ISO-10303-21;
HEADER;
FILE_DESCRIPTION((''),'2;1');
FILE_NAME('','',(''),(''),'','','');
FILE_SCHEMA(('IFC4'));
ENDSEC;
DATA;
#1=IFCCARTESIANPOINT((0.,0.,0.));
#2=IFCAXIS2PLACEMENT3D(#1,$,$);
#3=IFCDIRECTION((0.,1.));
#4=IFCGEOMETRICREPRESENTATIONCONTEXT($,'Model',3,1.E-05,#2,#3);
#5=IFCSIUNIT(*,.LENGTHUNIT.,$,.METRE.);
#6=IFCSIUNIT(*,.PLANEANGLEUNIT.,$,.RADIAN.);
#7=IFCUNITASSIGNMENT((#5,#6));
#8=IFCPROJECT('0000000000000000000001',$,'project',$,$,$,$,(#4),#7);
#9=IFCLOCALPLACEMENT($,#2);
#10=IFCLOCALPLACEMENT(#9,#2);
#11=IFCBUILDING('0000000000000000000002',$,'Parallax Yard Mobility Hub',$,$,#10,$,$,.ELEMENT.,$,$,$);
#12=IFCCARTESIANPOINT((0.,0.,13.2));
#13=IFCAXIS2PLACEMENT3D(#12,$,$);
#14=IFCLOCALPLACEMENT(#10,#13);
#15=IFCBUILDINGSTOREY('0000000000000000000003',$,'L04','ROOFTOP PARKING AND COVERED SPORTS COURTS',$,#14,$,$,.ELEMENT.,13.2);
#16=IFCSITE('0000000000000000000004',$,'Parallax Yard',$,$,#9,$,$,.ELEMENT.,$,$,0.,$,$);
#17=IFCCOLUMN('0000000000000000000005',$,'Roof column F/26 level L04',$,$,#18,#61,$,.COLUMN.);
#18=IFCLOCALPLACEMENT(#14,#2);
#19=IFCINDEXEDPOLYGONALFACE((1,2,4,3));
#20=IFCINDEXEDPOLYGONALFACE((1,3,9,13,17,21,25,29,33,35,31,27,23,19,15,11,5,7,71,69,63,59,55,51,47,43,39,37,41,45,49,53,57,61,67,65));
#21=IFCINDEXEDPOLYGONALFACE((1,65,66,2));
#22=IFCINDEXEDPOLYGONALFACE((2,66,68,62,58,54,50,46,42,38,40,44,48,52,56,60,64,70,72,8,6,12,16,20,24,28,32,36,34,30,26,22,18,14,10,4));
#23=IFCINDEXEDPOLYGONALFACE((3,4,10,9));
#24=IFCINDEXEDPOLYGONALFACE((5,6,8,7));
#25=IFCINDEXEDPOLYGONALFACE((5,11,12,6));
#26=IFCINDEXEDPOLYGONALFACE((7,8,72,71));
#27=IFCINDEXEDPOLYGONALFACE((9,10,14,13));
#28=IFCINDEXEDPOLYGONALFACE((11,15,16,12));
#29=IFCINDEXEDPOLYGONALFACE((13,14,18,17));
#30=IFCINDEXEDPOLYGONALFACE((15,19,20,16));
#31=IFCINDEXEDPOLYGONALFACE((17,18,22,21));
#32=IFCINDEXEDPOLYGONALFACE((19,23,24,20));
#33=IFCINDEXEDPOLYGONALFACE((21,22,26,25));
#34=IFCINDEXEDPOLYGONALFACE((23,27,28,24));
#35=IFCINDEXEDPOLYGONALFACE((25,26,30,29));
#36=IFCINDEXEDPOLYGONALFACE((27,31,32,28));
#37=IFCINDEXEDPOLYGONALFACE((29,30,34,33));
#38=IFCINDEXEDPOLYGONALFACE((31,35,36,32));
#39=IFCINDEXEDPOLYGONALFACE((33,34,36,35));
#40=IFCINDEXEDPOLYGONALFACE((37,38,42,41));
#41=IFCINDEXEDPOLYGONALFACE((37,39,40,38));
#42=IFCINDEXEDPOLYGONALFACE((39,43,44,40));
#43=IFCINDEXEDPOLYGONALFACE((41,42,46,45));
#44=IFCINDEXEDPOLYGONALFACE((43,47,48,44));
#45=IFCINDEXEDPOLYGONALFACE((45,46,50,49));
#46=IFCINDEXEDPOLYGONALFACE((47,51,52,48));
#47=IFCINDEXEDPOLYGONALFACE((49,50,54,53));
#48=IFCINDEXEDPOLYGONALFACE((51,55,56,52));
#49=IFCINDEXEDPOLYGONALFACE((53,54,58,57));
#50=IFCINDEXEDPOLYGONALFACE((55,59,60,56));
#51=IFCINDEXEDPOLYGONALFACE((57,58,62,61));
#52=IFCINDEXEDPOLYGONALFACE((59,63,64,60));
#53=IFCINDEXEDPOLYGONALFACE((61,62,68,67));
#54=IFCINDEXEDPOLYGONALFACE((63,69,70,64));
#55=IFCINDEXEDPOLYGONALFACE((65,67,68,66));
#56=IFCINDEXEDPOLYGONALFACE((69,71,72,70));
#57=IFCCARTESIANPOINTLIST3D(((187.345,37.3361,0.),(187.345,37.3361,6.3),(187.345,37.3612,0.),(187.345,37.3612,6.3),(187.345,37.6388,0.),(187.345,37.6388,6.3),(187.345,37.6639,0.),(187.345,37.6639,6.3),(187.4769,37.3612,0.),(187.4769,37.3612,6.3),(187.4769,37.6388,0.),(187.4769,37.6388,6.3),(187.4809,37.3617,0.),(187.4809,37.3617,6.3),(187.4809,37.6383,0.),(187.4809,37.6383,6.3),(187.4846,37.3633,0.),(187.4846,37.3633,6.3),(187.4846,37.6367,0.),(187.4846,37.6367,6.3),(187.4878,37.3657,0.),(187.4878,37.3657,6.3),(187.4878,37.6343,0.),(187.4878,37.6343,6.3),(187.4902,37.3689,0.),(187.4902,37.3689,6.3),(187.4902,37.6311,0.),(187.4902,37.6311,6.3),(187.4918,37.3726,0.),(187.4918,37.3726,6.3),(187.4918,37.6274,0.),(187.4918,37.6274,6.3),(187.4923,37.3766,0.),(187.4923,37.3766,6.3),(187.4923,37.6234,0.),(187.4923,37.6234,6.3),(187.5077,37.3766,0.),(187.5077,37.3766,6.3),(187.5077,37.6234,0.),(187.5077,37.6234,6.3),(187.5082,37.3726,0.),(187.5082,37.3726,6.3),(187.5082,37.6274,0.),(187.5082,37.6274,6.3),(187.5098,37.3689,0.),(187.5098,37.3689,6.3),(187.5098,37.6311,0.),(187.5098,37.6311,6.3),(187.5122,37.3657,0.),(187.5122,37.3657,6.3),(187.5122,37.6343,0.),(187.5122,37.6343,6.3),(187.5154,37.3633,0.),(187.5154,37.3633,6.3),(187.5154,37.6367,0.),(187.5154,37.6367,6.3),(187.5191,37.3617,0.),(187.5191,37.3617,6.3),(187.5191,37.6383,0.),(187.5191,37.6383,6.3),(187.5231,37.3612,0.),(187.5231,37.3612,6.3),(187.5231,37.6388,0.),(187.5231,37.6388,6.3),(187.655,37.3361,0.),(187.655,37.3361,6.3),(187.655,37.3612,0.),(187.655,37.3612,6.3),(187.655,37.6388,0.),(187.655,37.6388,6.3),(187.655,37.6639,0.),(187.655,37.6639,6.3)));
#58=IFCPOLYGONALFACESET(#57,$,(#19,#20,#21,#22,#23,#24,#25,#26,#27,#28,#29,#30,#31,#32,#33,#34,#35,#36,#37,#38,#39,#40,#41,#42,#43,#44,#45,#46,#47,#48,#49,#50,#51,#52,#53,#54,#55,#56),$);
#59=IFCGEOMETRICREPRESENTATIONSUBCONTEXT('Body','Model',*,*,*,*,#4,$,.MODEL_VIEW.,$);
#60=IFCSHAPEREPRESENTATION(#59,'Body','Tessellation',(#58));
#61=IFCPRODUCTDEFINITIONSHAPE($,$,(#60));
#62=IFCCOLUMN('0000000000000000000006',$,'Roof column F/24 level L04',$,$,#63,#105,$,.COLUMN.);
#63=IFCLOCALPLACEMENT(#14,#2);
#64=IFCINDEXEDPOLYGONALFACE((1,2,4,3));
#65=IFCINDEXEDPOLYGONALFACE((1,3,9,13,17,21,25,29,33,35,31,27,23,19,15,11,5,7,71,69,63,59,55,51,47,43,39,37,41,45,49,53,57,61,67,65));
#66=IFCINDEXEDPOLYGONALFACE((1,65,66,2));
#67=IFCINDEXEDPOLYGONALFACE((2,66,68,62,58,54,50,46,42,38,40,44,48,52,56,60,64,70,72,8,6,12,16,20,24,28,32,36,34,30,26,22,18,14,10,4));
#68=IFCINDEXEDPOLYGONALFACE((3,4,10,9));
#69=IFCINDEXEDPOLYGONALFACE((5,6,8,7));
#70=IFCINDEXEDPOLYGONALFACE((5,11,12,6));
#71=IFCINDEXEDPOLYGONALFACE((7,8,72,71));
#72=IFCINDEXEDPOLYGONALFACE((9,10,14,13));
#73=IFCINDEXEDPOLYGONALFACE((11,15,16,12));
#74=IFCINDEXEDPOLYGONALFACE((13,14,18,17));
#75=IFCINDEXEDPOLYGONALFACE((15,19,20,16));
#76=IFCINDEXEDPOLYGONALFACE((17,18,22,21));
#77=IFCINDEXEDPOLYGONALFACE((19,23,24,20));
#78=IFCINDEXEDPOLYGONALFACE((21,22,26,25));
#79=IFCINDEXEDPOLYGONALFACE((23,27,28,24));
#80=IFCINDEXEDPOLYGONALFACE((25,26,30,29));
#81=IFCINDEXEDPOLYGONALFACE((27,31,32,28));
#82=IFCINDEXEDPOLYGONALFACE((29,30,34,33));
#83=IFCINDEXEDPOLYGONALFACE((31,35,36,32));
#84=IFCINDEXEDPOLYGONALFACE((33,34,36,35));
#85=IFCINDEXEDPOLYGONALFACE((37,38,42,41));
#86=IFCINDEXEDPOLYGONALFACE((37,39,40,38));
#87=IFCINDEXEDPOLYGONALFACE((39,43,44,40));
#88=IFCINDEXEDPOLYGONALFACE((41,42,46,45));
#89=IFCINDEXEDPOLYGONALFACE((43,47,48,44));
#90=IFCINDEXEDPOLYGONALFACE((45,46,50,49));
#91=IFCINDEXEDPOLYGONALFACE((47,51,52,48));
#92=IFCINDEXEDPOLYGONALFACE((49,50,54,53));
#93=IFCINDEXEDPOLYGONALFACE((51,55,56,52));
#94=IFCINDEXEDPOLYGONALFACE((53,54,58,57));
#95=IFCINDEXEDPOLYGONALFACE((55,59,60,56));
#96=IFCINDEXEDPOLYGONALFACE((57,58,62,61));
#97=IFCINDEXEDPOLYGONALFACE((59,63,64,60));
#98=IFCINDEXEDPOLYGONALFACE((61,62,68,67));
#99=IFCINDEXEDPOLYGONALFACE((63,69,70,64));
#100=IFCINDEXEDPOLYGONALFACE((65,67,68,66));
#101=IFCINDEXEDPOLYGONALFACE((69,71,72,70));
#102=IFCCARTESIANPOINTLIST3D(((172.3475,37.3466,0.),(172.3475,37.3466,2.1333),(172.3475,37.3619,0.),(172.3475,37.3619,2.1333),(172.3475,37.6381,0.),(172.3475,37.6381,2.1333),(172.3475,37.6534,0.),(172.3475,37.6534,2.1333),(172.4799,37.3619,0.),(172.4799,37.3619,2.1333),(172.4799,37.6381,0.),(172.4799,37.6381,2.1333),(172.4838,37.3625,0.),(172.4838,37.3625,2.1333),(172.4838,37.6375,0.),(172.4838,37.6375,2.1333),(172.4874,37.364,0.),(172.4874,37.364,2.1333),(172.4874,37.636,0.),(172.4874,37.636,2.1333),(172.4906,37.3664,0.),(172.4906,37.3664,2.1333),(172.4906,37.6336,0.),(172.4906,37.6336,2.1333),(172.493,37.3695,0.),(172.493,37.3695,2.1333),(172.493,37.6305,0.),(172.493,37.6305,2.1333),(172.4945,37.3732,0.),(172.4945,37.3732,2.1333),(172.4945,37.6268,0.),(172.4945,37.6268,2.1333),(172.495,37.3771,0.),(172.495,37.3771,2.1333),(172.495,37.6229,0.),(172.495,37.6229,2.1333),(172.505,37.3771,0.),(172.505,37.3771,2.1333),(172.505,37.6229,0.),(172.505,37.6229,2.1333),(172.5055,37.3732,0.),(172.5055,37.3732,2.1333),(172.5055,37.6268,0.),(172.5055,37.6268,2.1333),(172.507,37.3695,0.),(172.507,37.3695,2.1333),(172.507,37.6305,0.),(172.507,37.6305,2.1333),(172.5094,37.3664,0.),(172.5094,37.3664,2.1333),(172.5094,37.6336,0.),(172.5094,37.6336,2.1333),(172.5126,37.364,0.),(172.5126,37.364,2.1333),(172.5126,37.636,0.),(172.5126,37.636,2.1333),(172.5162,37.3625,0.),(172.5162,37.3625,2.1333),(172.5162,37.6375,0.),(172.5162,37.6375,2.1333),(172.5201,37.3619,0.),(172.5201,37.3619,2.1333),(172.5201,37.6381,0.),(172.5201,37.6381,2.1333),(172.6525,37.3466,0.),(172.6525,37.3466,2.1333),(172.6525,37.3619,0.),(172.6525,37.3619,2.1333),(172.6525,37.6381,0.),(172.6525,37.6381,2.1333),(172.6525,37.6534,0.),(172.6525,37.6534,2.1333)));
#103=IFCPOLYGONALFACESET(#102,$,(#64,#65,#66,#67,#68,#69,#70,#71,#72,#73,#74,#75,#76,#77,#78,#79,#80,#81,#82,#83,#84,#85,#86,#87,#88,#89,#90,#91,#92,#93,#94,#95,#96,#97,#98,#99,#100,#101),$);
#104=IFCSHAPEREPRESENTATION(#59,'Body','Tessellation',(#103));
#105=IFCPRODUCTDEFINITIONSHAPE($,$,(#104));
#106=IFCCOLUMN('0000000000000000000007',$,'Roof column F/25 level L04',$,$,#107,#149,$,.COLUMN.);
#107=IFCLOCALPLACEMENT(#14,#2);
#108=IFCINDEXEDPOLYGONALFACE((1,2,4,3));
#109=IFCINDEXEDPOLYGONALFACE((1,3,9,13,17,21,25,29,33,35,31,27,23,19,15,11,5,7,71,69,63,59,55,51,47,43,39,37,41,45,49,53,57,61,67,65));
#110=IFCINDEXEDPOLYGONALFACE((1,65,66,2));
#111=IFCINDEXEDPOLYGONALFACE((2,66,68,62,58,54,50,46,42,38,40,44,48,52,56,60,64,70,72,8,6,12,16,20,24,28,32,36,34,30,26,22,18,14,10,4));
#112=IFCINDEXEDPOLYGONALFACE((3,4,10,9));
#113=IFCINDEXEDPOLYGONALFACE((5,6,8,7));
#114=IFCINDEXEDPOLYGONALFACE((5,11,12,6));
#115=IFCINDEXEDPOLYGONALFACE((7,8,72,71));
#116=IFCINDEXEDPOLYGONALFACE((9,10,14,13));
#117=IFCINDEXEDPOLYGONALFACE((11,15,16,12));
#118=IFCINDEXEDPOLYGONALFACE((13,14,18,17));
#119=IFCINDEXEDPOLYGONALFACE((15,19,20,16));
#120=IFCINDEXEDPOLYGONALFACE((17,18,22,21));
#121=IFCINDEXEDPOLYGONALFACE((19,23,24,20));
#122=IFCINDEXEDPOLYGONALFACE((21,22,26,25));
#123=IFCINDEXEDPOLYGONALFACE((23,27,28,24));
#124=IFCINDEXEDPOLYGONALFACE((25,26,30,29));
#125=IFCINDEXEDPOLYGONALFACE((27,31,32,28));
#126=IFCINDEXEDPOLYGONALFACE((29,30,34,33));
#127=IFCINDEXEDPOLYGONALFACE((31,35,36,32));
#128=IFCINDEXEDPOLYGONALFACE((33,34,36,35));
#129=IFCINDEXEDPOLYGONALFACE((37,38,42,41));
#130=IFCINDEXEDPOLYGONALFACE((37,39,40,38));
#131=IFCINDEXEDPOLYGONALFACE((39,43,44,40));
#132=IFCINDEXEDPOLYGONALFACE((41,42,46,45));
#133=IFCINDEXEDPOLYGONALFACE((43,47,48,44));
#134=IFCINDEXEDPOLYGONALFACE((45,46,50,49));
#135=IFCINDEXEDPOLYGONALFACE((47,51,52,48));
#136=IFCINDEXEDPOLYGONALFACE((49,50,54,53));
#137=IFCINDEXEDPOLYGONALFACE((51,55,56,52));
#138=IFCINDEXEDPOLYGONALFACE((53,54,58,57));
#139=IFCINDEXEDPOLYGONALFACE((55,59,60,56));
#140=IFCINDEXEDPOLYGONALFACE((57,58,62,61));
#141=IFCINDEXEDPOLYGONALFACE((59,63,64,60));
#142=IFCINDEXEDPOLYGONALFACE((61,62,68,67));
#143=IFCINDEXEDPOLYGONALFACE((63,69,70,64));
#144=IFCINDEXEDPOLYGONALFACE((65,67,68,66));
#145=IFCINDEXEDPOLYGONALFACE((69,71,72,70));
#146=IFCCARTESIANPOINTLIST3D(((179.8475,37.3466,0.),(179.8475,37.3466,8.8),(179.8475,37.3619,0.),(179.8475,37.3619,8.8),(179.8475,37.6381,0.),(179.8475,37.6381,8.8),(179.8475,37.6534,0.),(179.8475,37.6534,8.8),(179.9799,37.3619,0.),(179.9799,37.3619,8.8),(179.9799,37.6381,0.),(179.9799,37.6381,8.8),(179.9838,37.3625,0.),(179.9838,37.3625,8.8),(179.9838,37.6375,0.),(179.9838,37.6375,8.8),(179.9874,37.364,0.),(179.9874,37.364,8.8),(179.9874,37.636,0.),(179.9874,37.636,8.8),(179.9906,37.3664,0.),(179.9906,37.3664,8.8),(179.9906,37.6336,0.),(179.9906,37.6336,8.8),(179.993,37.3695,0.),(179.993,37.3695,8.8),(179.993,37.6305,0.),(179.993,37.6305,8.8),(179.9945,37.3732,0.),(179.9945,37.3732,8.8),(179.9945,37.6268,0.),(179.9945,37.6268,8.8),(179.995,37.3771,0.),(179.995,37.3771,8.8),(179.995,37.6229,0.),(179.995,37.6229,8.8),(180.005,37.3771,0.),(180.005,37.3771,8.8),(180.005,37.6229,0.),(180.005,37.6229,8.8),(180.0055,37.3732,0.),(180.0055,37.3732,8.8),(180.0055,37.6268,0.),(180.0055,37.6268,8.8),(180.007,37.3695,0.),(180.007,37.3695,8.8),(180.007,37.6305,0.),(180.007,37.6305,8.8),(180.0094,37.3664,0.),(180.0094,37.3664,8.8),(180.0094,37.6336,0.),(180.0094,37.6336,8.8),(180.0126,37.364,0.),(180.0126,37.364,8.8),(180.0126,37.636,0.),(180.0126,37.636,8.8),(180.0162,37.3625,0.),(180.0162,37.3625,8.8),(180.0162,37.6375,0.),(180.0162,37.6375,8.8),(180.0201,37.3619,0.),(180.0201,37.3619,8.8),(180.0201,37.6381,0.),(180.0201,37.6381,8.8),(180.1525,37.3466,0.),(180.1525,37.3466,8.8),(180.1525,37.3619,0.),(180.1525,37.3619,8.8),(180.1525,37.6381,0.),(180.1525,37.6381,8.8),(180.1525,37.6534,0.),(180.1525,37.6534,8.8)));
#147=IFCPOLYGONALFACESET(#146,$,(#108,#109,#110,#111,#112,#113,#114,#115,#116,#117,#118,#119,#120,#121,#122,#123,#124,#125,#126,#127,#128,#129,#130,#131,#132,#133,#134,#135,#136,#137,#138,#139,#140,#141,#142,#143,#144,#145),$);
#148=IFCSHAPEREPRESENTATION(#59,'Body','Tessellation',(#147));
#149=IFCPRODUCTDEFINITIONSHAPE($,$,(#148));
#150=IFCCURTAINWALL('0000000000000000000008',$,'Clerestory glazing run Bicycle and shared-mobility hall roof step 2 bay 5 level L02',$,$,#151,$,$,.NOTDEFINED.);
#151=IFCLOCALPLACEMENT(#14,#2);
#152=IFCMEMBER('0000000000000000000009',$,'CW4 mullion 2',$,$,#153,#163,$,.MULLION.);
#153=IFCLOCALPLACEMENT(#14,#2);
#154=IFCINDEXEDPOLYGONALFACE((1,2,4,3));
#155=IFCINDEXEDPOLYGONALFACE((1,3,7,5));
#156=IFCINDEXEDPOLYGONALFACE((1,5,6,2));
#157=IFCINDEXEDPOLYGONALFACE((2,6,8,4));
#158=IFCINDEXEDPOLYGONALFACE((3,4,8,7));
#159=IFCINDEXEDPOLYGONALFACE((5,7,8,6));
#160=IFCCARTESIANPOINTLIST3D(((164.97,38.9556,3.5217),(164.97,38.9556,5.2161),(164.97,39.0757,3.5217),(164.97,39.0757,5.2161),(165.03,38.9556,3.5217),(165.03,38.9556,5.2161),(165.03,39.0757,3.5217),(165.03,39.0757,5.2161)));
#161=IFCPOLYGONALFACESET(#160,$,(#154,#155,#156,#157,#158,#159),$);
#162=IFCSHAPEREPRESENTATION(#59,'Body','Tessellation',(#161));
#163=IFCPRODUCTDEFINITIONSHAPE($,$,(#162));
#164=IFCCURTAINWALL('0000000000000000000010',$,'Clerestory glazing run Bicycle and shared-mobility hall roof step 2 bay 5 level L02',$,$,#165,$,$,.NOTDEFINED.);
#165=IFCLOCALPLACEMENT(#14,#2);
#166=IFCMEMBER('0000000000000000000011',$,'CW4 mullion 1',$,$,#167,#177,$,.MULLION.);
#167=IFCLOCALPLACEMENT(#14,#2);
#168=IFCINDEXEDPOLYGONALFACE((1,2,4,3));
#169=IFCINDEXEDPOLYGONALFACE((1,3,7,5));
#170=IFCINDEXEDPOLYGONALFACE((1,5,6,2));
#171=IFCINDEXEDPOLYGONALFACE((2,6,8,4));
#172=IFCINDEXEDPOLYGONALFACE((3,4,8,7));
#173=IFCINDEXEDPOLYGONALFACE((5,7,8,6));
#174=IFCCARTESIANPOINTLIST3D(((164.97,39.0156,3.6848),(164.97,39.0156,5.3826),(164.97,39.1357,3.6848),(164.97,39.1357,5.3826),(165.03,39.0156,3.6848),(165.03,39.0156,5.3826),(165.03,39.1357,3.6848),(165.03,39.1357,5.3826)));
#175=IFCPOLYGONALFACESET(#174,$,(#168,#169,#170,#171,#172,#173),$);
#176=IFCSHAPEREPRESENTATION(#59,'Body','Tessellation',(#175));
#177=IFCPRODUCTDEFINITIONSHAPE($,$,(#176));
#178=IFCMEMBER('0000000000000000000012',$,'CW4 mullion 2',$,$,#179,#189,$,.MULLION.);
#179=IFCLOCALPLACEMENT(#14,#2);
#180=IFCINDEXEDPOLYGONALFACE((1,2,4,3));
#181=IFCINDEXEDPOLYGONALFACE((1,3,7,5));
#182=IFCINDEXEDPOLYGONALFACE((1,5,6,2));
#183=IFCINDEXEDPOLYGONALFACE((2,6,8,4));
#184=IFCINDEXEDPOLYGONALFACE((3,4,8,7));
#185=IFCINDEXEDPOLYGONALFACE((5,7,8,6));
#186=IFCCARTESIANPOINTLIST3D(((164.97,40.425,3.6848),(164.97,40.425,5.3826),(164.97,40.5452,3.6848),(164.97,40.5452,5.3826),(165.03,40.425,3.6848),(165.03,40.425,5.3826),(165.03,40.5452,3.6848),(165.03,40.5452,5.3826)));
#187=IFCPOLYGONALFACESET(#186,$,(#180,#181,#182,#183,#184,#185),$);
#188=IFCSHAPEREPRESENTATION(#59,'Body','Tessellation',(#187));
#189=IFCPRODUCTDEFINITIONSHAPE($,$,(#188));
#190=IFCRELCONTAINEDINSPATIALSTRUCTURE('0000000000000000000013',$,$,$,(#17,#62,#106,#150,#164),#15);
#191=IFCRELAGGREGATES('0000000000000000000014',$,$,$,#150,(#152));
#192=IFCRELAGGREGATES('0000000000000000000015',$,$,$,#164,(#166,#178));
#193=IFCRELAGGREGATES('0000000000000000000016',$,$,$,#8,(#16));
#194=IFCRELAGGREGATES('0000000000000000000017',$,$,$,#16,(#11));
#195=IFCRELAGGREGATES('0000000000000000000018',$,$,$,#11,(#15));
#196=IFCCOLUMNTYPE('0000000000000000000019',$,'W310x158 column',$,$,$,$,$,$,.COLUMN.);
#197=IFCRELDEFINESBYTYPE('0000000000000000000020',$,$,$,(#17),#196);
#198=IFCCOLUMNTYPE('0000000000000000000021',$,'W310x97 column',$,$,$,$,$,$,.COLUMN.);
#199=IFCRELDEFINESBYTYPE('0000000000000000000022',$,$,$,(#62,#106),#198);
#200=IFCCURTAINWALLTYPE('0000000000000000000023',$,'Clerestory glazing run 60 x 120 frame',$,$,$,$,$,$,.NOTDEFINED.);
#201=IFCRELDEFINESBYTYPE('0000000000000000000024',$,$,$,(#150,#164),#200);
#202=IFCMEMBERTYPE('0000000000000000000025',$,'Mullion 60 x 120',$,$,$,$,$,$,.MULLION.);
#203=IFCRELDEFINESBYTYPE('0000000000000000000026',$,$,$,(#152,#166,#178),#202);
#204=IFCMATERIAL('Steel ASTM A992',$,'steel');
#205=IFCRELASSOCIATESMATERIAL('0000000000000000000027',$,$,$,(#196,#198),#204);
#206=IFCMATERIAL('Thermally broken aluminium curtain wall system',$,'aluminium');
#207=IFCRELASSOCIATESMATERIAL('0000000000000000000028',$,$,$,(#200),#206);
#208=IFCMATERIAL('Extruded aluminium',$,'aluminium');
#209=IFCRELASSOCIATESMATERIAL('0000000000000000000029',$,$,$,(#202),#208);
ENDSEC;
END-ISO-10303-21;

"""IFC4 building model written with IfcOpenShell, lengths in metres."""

from ifc_helpers import new_model, si_unit, direction, frame, origin, origin_2d, place, context, subcontext, project, spatial, rectangle, i_section, extrude, material, material_profile, profile_set, type_object, element, aggregate, save


model = new_model("IFC4")

# Units and contexts
model_context = context("Model", 3, precision=1e-05, world=origin(), true_north=direction((0.0, 1.0)))
body_context = subcontext(model_context, "Body", "Model", "MODEL_VIEW")
ifc_project = project(units=[si_unit("LENGTHUNIT", "METRE"), si_unit("PLANEANGLEUNIT", "RADIAN")], contexts=[model_context])

# Site, building, storey
site_placement = place(None, origin())
site = spatial("IfcSite", under=ifc_project, at=site_placement, Name="Parallax Yard", CompositionType="ELEMENT", RefElevation=0.0)
building_placement = place(site_placement, origin())
building = spatial("IfcBuilding", under=site, at=building_placement, Name="Parallax Yard Mobility Hub", CompositionType="ELEMENT")
storey_placement = place(building_placement, frame((0.0, 0.0, 13.2)))
storey = spatial("IfcBuildingStorey", under=building, at=storey_placement, Name="L04", Description="ROOFTOP PARKING AND COVERED SPORTS COURTS", CompositionType="ELEMENT", Elevation=13.2)

# Columns
ifc_material_1 = material(Name="Steel ASTM A992", Category="steel")
ifc_material_profile_1 = material_profile(ifc_material_1, i_section(OverallWidth=0.3101, OverallDepth=0.3279, WebThickness=0.0154, FlangeThickness=0.0251, FilletRadius=0.0154, at=origin_2d()), Name="W310x158")
ifc_profile_set_1 = profile_set([ifc_material_profile_1], Name="Steel ASTM A992")
column_type_1 = type_object("IfcColumnType", Name="W310x158 column", PredefinedType="COLUMN", material=ifc_profile_set_1)
column_1_placement = place(storey_placement, frame((187.5, 37.5, 0.0), z_axis=(0.0, 0.0, 1.0), x_axis=(1.0, 0.0, 0.0)))
element("IfcColumn", 1, at=column_1_placement, inside=storey, type_object=column_type_1, Name="Roof column F/26 level L04", PredefinedType="COLUMN", context=body_context, shape_type="SweptSolid", body=[
    extrude(i_section(OverallWidth=0.3101, OverallDepth=0.3279, WebThickness=0.0154, FlangeThickness=0.0251, FilletRadius=0.0154, at=origin_2d()), origin(), (0.0, 0.0, 1.0), 6.3),
])
ifc_material_profile_2 = material_profile(ifc_material_1, i_section(OverallWidth=0.3049, OverallDepth=0.3069, WebThickness=0.01, FlangeThickness=0.0154, FilletRadius=0.0151, at=origin_2d()), Name="W310x97")
ifc_profile_set_2 = profile_set([ifc_material_profile_2], Name="Steel ASTM A992")
column_type_2 = type_object("IfcColumnType", Name="W310x97 column", PredefinedType="COLUMN", material=ifc_profile_set_2)
column_2_placement = place(storey_placement, frame((172.5, 37.5, 0.0), z_axis=(0.0, 0.0, 1.0), x_axis=(1.0, 0.0, 0.0)))
element("IfcColumn", 2, at=column_2_placement, inside=storey, type_object=column_type_2, Name="Roof column F/24 level L04", PredefinedType="COLUMN", context=body_context, shape_type="SweptSolid", body=[
    extrude(i_section(OverallWidth=0.3049, OverallDepth=0.3069, WebThickness=0.01, FlangeThickness=0.0154, FilletRadius=0.0151, at=origin_2d()), origin(), (0.0, 0.0, 1.0), 2.1333),
])
column_3_placement = place(storey_placement, frame((180.0, 37.5, 0.0), z_axis=(0.0, 0.0, 1.0), x_axis=(1.0, 0.0, 0.0)))
element("IfcColumn", 3, at=column_3_placement, inside=storey, type_object=column_type_2, Name="Roof column F/25 level L04", PredefinedType="COLUMN", context=body_context, shape_type="SweptSolid", body=[
    extrude(i_section(OverallWidth=0.3049, OverallDepth=0.3069, WebThickness=0.01, FlangeThickness=0.0154, FilletRadius=0.0151, at=origin_2d()), origin(), (0.0, 0.0, 1.0), 8.8),
])

# Curtain wall, member
ifc_material_2 = material(Name="Thermally broken aluminium curtain wall system", Category="aluminium")
curtain_wall_type = type_object("IfcCurtainWallType", Name="Clerestory glazing run 60 x 120 frame", PredefinedType="NOTDEFINED", material=ifc_material_2)
curtain_wall_1_placement = place(storey_placement, origin())
curtain_wall_1 = element("IfcCurtainWall", 4, at=curtain_wall_1_placement, inside=storey, type_object=curtain_wall_type, Name="Clerestory glazing run Bicycle and shared-mobility hall roof step 2 bay 5 level L02", PredefinedType="NOTDEFINED")
ifc_material_3 = material(Name="Extruded aluminium", Category="aluminium")
ifc_material_profile_3 = material_profile(ifc_material_3, rectangle(XDim=0.0601, YDim=0.1201, at=origin_2d()), Name="Mullion 60 x 120")
ifc_profile_set_3 = profile_set([ifc_material_profile_3], Name="Extruded aluminium")
member_type_1 = type_object("IfcMemberType", Name="Mullion 60 x 120", PredefinedType="MULLION", material=ifc_profile_set_3)
member_1_placement = place(storey_placement, frame((165.0, 39.0156, 3.5217), z_axis=(0.0, 0.0, 1.0), x_axis=(-1.0, 0.0, 0.0)))
member_1 = element("IfcMember", 5, at=member_1_placement, type_object=member_type_1, Name="CW4 mullion 2", PredefinedType="MULLION", context=body_context, shape_type="SweptSolid", body=[
    extrude(rectangle(XDim=0.0601, YDim=0.1201, at=origin_2d()), origin(), (0.0, 0.0, 1.0), 1.6943),
])

# Curtain wall, members
curtain_wall_2_placement = place(storey_placement, origin())
curtain_wall_2 = element("IfcCurtainWall", 6, at=curtain_wall_2_placement, inside=storey, type_object=curtain_wall_type, Name="Clerestory glazing run Bicycle and shared-mobility hall roof step 2 bay 5 level L02", PredefinedType="NOTDEFINED")
member_2_placement = place(storey_placement, frame((165.0, 39.0757, 3.6848), z_axis=(0.0, 0.0, 1.0), x_axis=(-1.0, 0.0, 0.0)))
member_2 = element("IfcMember", 7, at=member_2_placement, type_object=member_type_1, Name="CW4 mullion 1", PredefinedType="MULLION", context=body_context, shape_type="SweptSolid", body=[
    extrude(rectangle(XDim=0.0601, YDim=0.1201, at=origin_2d()), origin(), (0.0, 0.0, 1.0), 1.6978),
])
member_3_placement = place(storey_placement, frame((165.0, 40.4851, 3.6848), z_axis=(0.0, 0.0, 1.0), x_axis=(-1.0, 0.0, 0.0)))
member_3 = element("IfcMember", 8, at=member_3_placement, type_object=member_type_1, Name="CW4 mullion 2", PredefinedType="MULLION", context=body_context, shape_type="SweptSolid", body=[
    extrude(rectangle(XDim=0.0601, YDim=0.1201, at=origin_2d()), origin(), (0.0, 0.0, 1.0), 1.6978),
])

aggregate(curtain_wall_1, [member_1])
aggregate(curtain_wall_2, [member_2, member_3])

save(model, "model.ifc")
